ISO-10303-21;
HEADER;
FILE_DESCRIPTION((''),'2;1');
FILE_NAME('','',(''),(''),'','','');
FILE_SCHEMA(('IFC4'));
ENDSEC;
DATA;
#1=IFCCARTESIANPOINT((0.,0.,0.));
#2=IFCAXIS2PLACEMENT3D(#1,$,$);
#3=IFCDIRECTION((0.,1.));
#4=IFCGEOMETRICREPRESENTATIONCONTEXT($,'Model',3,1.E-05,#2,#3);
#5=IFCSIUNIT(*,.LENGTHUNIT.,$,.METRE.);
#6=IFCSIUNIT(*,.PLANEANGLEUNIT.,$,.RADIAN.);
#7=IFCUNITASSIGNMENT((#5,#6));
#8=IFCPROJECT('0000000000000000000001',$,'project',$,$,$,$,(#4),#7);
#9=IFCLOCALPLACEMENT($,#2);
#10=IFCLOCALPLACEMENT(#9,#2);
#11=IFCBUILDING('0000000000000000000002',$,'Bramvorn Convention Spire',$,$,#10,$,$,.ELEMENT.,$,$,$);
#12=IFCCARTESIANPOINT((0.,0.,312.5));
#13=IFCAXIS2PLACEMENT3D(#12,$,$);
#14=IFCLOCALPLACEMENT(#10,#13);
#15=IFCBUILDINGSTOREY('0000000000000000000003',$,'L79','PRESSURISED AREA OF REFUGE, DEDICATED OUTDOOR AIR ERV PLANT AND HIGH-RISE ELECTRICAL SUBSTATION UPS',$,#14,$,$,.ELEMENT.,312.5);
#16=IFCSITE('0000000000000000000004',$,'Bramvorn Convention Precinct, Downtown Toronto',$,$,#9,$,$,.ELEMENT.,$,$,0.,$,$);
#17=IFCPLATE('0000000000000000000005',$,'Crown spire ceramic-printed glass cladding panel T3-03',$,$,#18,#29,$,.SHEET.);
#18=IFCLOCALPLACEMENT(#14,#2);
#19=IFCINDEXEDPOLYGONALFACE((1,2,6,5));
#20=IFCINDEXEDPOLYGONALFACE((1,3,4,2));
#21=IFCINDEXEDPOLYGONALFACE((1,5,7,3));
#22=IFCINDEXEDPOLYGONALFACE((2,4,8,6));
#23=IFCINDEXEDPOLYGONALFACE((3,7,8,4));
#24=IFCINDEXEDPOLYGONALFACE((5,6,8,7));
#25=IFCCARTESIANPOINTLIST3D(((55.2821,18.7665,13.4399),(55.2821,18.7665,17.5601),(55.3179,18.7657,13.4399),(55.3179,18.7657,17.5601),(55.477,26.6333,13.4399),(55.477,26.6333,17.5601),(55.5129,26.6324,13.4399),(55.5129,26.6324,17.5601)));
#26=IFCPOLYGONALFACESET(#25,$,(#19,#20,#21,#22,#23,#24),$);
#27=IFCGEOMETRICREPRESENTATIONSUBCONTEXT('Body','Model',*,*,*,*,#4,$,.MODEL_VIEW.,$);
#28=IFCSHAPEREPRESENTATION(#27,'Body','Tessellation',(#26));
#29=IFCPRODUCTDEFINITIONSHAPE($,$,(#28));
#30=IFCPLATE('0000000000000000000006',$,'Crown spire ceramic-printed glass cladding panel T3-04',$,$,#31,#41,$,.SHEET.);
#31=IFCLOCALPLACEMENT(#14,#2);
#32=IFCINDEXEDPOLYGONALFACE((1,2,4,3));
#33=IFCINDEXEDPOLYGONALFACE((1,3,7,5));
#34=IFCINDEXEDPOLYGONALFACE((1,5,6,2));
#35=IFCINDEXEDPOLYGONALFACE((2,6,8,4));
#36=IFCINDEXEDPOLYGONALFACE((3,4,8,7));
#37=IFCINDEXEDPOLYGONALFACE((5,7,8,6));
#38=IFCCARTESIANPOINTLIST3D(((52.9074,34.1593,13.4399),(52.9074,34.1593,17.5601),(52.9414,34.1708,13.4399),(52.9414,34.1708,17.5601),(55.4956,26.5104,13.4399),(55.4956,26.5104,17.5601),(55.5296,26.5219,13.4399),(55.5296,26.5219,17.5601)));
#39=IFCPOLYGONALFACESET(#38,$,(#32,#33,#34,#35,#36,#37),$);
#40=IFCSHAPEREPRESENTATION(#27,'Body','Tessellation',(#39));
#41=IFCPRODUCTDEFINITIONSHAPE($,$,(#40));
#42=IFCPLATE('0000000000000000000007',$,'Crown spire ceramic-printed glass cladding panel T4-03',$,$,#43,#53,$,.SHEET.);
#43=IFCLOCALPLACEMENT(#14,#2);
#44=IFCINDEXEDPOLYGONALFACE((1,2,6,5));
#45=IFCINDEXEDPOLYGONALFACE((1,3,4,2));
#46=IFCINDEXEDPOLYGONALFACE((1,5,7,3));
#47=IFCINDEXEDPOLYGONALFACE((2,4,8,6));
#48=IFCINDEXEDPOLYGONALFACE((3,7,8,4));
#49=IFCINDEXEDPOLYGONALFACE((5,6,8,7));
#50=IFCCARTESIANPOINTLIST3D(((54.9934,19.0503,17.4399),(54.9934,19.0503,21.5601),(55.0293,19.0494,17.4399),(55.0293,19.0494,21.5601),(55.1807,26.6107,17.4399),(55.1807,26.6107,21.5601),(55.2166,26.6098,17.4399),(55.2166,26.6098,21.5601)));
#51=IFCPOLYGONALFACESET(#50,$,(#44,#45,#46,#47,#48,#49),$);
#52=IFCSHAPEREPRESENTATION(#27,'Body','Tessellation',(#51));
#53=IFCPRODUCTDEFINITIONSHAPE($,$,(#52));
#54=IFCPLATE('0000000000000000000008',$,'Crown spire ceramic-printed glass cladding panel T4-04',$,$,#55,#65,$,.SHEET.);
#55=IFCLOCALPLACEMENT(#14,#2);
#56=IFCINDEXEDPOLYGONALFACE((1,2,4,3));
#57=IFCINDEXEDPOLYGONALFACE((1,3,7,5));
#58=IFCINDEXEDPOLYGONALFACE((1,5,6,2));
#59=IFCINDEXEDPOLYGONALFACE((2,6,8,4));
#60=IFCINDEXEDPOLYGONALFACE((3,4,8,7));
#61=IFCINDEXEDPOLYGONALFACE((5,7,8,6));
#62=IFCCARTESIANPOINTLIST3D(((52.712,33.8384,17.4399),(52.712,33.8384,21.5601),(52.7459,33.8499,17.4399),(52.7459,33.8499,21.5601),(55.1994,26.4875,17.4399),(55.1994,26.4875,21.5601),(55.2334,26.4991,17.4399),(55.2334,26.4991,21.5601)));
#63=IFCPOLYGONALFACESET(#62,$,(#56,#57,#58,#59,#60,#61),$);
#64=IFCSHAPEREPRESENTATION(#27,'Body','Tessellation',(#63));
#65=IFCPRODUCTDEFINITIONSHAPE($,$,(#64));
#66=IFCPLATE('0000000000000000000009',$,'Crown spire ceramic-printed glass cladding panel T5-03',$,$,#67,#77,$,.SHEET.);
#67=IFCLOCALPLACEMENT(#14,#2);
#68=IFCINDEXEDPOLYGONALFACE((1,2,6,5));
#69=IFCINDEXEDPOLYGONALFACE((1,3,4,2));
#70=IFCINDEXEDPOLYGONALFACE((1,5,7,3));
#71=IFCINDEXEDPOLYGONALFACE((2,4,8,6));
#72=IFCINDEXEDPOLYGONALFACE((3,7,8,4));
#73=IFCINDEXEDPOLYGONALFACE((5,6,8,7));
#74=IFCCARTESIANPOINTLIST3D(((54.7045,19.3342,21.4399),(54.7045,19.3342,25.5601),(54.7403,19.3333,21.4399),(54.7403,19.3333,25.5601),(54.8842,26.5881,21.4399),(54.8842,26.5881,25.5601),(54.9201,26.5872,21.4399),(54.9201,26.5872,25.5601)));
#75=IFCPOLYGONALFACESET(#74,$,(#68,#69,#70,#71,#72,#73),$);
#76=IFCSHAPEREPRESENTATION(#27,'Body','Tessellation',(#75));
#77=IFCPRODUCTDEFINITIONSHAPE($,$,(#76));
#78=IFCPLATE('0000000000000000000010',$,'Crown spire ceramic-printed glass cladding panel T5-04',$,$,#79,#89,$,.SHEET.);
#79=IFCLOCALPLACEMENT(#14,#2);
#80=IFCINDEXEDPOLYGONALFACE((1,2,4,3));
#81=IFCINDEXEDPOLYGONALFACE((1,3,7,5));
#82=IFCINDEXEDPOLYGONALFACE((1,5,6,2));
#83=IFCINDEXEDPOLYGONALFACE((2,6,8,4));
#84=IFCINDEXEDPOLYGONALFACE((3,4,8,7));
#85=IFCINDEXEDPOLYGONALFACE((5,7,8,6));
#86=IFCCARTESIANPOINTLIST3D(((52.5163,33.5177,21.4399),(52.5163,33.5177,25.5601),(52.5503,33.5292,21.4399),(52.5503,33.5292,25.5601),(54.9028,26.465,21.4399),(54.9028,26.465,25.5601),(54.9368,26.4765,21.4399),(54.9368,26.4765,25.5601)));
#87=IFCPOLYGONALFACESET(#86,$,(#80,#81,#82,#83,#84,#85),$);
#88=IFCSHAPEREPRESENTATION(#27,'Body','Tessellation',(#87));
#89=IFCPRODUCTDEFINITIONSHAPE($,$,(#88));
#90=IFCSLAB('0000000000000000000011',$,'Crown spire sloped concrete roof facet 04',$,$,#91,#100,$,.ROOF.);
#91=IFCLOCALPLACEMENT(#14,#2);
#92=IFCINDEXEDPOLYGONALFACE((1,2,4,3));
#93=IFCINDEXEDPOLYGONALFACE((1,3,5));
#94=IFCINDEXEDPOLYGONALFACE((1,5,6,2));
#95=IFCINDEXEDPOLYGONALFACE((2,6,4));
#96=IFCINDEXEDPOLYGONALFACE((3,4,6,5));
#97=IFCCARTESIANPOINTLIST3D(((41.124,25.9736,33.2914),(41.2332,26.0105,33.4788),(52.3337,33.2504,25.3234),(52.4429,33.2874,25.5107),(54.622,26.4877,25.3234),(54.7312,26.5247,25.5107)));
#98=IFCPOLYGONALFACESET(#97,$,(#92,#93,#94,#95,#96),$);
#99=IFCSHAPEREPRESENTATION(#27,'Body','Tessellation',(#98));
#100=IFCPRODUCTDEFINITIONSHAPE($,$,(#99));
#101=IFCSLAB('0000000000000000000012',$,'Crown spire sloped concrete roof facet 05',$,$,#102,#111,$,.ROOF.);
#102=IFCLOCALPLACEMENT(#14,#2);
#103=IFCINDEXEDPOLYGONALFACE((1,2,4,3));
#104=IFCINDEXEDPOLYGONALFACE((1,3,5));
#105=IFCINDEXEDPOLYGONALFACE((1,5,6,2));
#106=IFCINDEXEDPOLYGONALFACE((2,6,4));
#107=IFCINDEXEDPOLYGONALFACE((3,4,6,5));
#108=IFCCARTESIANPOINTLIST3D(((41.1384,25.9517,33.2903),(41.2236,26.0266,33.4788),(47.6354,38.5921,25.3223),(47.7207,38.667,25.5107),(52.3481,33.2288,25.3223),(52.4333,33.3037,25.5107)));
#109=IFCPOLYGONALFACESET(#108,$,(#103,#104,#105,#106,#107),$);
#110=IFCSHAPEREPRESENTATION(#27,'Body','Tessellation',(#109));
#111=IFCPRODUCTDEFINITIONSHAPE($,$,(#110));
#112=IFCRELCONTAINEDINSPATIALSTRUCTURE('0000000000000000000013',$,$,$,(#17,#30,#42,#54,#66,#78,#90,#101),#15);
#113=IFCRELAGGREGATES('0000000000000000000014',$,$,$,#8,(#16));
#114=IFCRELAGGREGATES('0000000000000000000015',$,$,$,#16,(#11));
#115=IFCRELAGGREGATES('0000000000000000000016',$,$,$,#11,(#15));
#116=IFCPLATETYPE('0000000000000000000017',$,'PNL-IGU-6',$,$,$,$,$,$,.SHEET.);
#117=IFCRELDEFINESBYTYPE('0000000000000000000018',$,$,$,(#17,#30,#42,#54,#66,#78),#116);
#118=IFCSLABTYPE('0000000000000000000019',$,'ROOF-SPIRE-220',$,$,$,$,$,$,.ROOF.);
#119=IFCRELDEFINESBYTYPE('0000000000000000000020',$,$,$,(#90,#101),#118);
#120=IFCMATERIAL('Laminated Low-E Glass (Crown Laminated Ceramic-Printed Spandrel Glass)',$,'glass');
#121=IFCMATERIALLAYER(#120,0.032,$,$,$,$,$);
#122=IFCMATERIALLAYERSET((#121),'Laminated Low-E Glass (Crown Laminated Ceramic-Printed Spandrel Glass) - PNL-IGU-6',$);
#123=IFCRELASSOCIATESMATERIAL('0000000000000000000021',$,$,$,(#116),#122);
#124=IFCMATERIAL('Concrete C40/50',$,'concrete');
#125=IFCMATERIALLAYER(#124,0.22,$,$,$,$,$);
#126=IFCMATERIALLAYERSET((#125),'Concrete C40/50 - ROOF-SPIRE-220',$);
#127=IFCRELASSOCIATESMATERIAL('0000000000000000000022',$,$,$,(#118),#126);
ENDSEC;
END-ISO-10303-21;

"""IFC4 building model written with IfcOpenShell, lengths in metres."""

from ifc_helpers import new_model, si_unit, direction, frame, origin, origin_2d, place, context, subcontext, project, spatial, polyline, rectangle, outline, extrude, material, layer, layer_set, type_object, element, save


model = new_model("IFC4")

# Units and contexts
model_context = context("Model", 3, precision=1e-05, world=origin(), true_north=direction((0.0, 1.0)))
body_context = subcontext(model_context, "Body", "Model", "MODEL_VIEW")
ifc_project = project(units=[si_unit("LENGTHUNIT", "METRE"), si_unit("PLANEANGLEUNIT", "RADIAN")], contexts=[model_context])

# Site, building, storey
site_placement = place(None, origin())
site = spatial("IfcSite", under=ifc_project, at=site_placement, Name="Bramvorn Convention Precinct, Downtown Toronto", CompositionType="ELEMENT", RefElevation=0.0)
building_placement = place(site_placement, origin())
building = spatial("IfcBuilding", under=site, at=building_placement, Name="Bramvorn Convention Spire", CompositionType="ELEMENT")
storey_placement = place(building_placement, frame((0.0, 0.0, 312.5)))
storey = spatial("IfcBuildingStorey", under=building, at=storey_placement, Name="L79", Description="PRESSURISED AREA OF REFUGE, DEDICATED OUTDOOR AIR ERV PLANT AND HIGH-RISE ELECTRICAL SUBSTATION UPS", CompositionType="ELEMENT", Elevation=312.5)

# Plates
ifc_material_1 = material(Name="Laminated Low-E Glass (Crown Laminated Ceramic-Printed Spandrel Glass)", Category="glass")
ifc_layer_1 = layer(ifc_material_1, 0.032)
ifc_layer_set_1 = layer_set([ifc_layer_1], Name="Laminated Low-E Glass (Crown Laminated Ceramic-Printed Spandrel Glass) - PNL-IGU-6")
plate_type_1 = type_object("IfcPlateType", Name="PNL-IGU-6", PredefinedType="SHEET", material=ifc_layer_set_1)
plate_1_placement = place(storey_placement, frame((55.3975, 22.6995, 13.4399), z_axis=(0.0, 0.0, 1.0), x_axis=(0.02477, 0.999693, 0.0)))
element("IfcPlate", 1, at=plate_1_placement, inside=storey, type_object=plate_type_1, Name="Crown spire ceramic-printed glass cladding panel T3-03", PredefinedType="SHEET", context=body_context, shape_type="SweptSolid", body=[
    extrude(rectangle(XDim=7.8691, YDim=0.0359, at=origin_2d()), origin(), (0.0, 0.0, 1.0), 4.1201),
])
plate_2_placement = place(storey_placement, frame((54.2185, 30.3406, 13.4399), z_axis=(0.0, 0.0, 1.0), x_axis=(-0.320529, 0.947239, 0.0)))
element("IfcPlate", 2, at=plate_2_placement, inside=storey, type_object=plate_type_1, Name="Crown spire ceramic-printed glass cladding panel T3-04", PredefinedType="SHEET", context=body_context, shape_type="SweptSolid", body=[
    extrude(rectangle(XDim=8.075, YDim=0.0359, at=origin_2d()), origin(), (0.0, 0.0, 1.0), 4.1201),
])
plate_3_placement = place(storey_placement, frame((55.105, 22.8301, 17.4399), z_axis=(0.0, 0.0, 1.0), x_axis=(0.024769, 0.999693, 0.0)))
element("IfcPlate", 3, at=plate_3_placement, inside=storey, type_object=plate_type_1, Name="Crown spire ceramic-printed glass cladding panel T4-03", PredefinedType="SHEET", context=body_context, shape_type="SweptSolid", body=[
    extrude(rectangle(XDim=7.5627, YDim=0.0359, at=origin_2d()), origin(), (0.0, 0.0, 1.0), 4.1201),
])
plate_4_placement = place(storey_placement, frame((53.9727, 30.1687, 17.4399), z_axis=(0.0, 0.0, 1.0), x_axis=(-0.320532, 0.947238, 0.0)))
element("IfcPlate", 4, at=plate_4_placement, inside=storey, type_object=plate_type_1, Name="Crown spire ceramic-printed glass cladding panel T4-04", PredefinedType="SHEET", context=body_context, shape_type="SweptSolid", body=[
    extrude(rectangle(XDim=7.7603, YDim=0.0359, at=origin_2d()), origin(), (0.0, 0.0, 1.0), 4.1201),
])
plate_5_placement = place(storey_placement, frame((54.8123, 22.9607, 21.4399), z_axis=(0.0, 0.0, 1.0), x_axis=(0.024768, 0.999693, 0.0)))
element("IfcPlate", 5, at=plate_5_placement, inside=storey, type_object=plate_type_1, Name="Crown spire ceramic-printed glass cladding panel T5-03", PredefinedType="SHEET", context=body_context, shape_type="SweptSolid", body=[
    extrude(rectangle(XDim=7.2561, YDim=0.0359, at=origin_2d()), origin(), (0.0, 0.0, 1.0), 4.1201),
])
plate_6_placement = place(storey_placement, frame((53.7266, 29.9971, 21.4399), z_axis=(0.0, 0.0, 1.0), x_axis=(-0.320535, 0.947237, 0.0)))
element("IfcPlate", 6, at=plate_6_placement, inside=storey, type_object=plate_type_1, Name="Crown spire ceramic-printed glass cladding panel T5-04", PredefinedType="SHEET", context=body_context, shape_type="SweptSolid", body=[
    extrude(rectangle(XDim=7.4456, YDim=0.0359, at=origin_2d()), origin(), (0.0, 0.0, 1.0), 4.1201),
])

# Slabs
ifc_material_2 = material(Name="Concrete C40/50", Category="concrete")
ifc_layer_2 = layer(ifc_material_2, 0.22)
ifc_layer_set_2 = layer_set([ifc_layer_2], Name="Concrete C40/50 - ROOF-SPIRE-220")
slab_type = type_object("IfcSlabType", Name="ROOF-SPIRE-220", PredefinedType="ROOF", material=ifc_layer_set_2)
slab_1_placement = place(storey_placement, frame((54.7312, 26.5247, 25.5107), z_axis=(0.496372, 0.16796, 0.851707), x_axis=(-0.320523, 0.947241, 0.0)))
element("IfcSlab", 7, at=slab_1_placement, inside=storey, type_object=slab_type, Name="Crown spire sloped concrete roof facet 04", PredefinedType="ROOF", context=body_context, shape_type="SweptSolid", body=[
    extrude(outline(polyline([(0.0, 0.0), (7.1394, 0.0), (3.8394, 15.2056), (0.0, 0.0)])), origin(), (0.0, 0.0, -1.0), 0.22),
])
slab_2_placement = place(storey_placement, frame((52.4333, 33.3037, 25.5107), z_axis=(0.387689, 0.340657, 0.856534), x_axis=(-0.660072, 0.751202, 0.0)))
element("IfcSlab", 8, at=slab_2_placement, inside=storey, type_object=slab_type, Name="Crown spire sloped concrete roof facet 05", PredefinedType="ROOF", context=body_context, shape_type="SweptSolid", body=[
    extrude(outline(polyline([(0.0, 0.0), (7.1396, 0.0), (1.9326, 15.4392), (0.0, 0.0)])), origin(), (0.0, 0.0, -1.0), 0.22),
])

save(model, "model.ifc")
